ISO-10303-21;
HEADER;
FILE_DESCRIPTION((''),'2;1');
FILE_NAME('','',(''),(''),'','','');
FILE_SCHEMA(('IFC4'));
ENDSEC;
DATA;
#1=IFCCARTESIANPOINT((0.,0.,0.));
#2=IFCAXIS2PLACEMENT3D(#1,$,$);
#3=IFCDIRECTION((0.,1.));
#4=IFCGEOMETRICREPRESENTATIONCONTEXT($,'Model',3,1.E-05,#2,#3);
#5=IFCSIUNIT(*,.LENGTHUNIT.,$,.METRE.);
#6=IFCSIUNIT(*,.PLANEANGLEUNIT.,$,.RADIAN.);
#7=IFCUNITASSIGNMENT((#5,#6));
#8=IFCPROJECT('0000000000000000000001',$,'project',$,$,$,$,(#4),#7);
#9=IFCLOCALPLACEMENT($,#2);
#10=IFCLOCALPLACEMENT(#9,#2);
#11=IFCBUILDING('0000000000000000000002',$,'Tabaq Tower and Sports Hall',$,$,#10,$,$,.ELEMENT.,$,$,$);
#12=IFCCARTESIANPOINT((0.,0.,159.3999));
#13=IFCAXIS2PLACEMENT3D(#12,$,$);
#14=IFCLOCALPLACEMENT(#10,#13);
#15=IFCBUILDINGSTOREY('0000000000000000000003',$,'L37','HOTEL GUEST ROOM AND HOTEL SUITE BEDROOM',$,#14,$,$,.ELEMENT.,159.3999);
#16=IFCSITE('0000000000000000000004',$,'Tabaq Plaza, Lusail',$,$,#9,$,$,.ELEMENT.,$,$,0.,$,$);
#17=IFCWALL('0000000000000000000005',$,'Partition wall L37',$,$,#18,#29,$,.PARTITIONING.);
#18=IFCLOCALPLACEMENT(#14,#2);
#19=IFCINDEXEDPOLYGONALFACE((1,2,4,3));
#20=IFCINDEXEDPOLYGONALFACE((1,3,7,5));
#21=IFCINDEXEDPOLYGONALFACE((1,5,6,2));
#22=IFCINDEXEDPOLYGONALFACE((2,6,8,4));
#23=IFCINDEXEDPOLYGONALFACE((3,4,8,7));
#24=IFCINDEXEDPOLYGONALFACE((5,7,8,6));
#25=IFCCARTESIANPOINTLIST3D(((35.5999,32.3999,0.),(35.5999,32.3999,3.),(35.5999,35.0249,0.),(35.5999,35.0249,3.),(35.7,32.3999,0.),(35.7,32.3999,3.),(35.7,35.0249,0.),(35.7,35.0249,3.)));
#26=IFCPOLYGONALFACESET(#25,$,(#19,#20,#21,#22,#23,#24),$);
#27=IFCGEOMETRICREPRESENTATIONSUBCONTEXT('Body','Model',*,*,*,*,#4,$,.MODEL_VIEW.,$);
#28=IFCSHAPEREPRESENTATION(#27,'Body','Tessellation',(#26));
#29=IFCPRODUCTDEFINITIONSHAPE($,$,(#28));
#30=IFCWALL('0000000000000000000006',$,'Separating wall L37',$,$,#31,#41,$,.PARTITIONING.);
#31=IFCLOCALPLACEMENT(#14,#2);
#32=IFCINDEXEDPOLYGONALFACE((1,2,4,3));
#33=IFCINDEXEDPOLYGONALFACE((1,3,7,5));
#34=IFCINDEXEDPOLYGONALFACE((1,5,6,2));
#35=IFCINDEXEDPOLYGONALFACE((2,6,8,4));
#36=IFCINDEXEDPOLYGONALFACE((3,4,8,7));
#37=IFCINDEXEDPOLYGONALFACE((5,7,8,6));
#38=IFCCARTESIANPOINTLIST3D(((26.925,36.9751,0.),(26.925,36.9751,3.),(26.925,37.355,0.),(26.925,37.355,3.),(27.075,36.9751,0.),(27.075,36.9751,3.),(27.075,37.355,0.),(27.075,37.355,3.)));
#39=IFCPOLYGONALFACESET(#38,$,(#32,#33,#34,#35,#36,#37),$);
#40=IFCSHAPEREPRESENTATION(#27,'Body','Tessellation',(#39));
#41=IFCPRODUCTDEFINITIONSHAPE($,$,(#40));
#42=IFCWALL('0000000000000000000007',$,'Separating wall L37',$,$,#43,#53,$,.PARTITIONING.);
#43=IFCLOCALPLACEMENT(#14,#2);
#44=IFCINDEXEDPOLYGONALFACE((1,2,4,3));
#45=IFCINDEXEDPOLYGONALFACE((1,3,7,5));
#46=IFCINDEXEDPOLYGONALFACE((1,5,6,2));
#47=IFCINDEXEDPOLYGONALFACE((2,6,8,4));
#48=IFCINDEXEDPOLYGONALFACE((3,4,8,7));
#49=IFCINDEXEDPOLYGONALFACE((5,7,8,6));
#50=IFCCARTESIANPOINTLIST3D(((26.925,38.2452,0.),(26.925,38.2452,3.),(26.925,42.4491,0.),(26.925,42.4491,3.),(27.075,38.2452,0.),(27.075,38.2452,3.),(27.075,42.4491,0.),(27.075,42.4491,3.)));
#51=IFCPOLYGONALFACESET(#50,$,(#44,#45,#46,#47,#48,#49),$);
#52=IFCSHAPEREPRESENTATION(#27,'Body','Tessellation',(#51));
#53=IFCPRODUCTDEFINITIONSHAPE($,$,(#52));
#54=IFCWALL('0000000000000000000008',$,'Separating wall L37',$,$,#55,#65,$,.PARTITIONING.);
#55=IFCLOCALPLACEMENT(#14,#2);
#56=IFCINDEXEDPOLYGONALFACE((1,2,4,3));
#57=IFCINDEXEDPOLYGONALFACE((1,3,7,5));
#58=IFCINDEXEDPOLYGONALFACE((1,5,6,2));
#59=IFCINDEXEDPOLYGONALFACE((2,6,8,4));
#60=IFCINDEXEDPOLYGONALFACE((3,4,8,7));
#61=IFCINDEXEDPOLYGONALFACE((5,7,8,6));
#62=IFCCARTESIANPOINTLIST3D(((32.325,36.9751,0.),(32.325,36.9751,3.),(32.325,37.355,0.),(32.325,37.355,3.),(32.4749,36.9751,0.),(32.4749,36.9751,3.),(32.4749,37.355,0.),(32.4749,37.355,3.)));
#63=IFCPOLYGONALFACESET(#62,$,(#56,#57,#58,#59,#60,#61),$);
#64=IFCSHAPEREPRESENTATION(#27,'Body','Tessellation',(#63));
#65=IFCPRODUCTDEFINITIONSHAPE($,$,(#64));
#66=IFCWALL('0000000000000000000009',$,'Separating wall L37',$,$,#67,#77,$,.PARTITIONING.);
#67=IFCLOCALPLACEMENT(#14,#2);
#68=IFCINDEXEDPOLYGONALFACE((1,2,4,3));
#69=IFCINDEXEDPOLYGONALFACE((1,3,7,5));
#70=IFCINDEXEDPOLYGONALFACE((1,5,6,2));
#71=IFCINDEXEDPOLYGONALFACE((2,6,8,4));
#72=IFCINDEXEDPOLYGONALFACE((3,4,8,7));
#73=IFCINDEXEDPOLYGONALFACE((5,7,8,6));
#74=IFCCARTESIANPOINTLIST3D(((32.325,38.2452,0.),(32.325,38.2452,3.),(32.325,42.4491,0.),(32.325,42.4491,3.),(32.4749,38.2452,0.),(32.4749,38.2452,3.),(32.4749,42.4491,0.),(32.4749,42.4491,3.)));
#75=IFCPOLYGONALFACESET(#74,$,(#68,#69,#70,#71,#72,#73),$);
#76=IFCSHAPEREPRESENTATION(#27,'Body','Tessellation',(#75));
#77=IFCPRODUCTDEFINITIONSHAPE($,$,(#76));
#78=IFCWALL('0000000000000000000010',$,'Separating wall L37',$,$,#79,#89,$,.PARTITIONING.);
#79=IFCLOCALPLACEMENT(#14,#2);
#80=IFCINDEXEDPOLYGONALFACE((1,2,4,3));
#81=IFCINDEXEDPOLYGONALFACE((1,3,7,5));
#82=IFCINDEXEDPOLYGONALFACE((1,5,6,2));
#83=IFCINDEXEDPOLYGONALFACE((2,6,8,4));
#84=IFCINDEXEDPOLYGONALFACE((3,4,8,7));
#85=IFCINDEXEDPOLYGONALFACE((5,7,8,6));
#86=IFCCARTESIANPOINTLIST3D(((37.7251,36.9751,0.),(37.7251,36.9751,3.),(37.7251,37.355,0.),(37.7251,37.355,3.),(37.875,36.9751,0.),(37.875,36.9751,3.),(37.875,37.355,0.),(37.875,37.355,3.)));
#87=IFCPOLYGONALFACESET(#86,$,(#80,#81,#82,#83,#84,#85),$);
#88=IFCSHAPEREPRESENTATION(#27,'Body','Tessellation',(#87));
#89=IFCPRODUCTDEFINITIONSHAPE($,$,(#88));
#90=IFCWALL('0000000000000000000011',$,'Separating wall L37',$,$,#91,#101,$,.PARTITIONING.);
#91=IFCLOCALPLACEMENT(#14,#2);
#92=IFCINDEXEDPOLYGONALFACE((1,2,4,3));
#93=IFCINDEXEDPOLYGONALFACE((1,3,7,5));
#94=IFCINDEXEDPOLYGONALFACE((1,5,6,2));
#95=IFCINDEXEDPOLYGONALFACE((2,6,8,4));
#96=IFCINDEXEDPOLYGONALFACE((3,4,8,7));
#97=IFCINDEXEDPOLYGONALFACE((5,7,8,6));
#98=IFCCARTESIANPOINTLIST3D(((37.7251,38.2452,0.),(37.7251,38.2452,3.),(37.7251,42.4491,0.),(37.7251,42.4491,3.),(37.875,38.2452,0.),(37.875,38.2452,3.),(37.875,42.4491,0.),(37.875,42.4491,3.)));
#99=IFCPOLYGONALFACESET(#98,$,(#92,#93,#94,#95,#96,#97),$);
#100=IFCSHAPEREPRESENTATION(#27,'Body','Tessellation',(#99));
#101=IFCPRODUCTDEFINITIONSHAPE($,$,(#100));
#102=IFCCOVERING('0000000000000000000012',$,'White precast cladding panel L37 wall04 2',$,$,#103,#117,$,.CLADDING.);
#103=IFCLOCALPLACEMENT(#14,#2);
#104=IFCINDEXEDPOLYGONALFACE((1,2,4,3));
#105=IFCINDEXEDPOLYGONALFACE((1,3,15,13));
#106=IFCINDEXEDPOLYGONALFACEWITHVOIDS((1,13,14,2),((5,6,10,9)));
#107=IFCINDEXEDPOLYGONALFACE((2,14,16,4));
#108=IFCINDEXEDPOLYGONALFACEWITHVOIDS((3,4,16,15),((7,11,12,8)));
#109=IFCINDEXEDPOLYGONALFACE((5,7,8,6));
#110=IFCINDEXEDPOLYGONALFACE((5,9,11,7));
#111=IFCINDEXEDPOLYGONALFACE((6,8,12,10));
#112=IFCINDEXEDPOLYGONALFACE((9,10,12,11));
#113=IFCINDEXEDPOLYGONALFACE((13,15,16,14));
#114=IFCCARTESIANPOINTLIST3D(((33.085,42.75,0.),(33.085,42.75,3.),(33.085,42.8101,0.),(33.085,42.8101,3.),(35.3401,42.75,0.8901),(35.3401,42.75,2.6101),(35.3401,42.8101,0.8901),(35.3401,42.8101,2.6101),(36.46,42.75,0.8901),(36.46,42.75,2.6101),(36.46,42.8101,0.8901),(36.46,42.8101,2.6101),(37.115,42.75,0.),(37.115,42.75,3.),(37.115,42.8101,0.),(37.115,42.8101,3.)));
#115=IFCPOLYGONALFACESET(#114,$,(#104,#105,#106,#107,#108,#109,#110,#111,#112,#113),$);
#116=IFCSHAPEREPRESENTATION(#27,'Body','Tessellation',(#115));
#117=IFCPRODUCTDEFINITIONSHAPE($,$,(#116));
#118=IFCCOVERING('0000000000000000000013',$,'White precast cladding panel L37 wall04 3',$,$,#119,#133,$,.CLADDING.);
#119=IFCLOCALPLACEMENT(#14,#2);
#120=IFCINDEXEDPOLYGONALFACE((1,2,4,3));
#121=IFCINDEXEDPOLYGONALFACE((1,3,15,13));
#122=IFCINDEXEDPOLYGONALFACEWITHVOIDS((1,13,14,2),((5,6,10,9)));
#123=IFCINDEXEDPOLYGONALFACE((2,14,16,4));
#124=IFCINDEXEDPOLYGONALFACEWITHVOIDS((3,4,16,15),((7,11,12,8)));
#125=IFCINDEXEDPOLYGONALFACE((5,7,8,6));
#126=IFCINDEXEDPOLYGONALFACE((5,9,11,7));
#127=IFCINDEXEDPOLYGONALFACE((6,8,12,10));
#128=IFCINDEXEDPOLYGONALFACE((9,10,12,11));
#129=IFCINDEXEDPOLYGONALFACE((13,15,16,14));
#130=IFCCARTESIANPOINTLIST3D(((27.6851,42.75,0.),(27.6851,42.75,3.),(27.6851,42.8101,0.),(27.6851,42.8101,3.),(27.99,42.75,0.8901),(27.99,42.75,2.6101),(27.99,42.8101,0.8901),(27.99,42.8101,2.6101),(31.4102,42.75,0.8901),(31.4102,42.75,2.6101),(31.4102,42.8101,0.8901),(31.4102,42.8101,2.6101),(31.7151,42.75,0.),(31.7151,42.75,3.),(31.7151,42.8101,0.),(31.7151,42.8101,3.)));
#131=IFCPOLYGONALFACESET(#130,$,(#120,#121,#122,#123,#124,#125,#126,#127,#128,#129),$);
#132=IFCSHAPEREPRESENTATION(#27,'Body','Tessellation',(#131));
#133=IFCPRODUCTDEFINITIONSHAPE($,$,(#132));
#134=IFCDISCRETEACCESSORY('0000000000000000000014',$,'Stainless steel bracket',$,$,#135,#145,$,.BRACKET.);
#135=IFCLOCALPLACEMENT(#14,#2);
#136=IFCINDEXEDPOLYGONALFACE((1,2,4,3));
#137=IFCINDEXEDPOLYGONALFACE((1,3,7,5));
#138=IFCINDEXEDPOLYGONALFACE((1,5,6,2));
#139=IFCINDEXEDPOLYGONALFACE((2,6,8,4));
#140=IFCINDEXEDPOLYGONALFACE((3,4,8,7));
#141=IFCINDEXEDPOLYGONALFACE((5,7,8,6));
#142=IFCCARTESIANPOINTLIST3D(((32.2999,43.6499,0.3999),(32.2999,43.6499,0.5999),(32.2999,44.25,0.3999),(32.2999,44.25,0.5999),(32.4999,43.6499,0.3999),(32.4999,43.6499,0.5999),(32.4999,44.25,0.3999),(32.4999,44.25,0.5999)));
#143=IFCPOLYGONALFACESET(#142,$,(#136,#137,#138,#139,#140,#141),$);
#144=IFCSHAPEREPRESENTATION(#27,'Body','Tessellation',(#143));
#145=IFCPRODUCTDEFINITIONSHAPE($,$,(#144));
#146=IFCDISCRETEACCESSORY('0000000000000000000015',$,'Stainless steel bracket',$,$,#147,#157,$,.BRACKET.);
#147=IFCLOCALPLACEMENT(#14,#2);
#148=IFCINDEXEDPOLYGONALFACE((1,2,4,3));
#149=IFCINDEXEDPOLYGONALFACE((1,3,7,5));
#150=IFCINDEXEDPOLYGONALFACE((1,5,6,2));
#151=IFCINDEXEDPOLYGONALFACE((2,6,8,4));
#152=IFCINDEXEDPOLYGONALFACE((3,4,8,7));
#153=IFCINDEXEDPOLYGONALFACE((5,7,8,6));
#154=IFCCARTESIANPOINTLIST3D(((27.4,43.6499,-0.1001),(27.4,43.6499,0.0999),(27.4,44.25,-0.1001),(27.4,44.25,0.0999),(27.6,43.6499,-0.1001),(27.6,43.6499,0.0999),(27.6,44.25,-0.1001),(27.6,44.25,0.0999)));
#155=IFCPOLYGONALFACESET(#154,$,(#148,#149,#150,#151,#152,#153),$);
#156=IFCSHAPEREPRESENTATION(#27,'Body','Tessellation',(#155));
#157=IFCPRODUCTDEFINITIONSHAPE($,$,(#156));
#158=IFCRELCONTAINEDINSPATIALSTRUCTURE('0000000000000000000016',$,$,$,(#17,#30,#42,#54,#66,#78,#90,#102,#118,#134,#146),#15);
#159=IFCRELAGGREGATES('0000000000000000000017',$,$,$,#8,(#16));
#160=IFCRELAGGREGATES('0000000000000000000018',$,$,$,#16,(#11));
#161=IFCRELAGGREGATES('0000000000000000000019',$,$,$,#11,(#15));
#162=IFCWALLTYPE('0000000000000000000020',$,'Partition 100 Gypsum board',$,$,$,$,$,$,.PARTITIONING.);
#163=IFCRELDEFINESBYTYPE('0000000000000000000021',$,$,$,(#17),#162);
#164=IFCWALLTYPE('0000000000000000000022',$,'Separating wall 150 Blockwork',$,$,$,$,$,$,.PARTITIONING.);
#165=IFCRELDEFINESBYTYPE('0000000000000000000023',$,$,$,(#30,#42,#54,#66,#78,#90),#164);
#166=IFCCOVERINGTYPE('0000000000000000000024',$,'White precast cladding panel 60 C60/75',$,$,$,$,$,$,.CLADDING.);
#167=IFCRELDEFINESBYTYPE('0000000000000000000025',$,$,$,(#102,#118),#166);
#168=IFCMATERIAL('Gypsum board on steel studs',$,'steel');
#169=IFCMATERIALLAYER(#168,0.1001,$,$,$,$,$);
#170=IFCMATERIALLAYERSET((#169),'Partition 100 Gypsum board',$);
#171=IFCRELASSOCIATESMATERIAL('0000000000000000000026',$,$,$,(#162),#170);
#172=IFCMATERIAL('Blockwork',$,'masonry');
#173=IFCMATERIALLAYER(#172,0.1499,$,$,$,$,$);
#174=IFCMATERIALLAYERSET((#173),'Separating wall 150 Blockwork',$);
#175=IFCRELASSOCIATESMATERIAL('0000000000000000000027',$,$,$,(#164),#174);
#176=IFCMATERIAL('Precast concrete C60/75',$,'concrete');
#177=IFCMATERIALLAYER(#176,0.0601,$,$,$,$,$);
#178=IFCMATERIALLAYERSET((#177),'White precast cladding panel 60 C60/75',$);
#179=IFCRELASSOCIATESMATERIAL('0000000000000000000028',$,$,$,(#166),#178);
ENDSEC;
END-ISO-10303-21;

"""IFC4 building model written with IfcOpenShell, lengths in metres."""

from ifc_helpers import new_model, si_unit, direction, frame, frame_2d, origin, origin_2d, place, context, subcontext, project, spatial, polyline, rectangle, outline, extrude, material, layer, layer_set, type_object, element, save


model = new_model("IFC4")

# Units and contexts
model_context = context("Model", 3, precision=1e-05, world=origin(), true_north=direction((0.0, 1.0)))
body_context = subcontext(model_context, "Body", "Model", "MODEL_VIEW")
ifc_project = project(units=[si_unit("LENGTHUNIT", "METRE"), si_unit("PLANEANGLEUNIT", "RADIAN")], contexts=[model_context])

# Site, building, storey
site_placement = place(None, origin())
site = spatial("IfcSite", under=ifc_project, at=site_placement, Name="Tabaq Plaza, Lusail", CompositionType="ELEMENT", RefElevation=0.0)
building_placement = place(site_placement, origin())
building = spatial("IfcBuilding", under=site, at=building_placement, Name="Tabaq Tower and Sports Hall", CompositionType="ELEMENT")
storey_placement = place(building_placement, frame((0.0, 0.0, 159.3999)))
storey = spatial("IfcBuildingStorey", under=building, at=storey_placement, Name="L37", Description="HOTEL GUEST ROOM AND HOTEL SUITE BEDROOM", CompositionType="ELEMENT", Elevation=159.3999)

# Shared definitions
ifc_material_1 = material(Name="Gypsum board on steel studs", Category="steel")
ifc_layer_1 = layer(ifc_material_1, 0.1001)
ifc_layer_set_1 = layer_set([ifc_layer_1], Name="Partition 100 Gypsum board")
wall_type_1 = type_object("IfcWallType", Name="Partition 100 Gypsum board", PredefinedType="PARTITIONING", material=ifc_layer_set_1)

# Walls
wall_1_placement = place(storey_placement, frame((35.6499, 35.0249, 0.0), z_axis=(0.0, 0.0, 1.0), x_axis=(0.0, -1.0, 0.0)))
element("IfcWall", 1, at=wall_1_placement, inside=storey, type_object=wall_type_1, Name="Partition wall L37", PredefinedType="PARTITIONING", context=body_context, shape_type="SweptSolid", body=[
    extrude(rectangle(XDim=2.625, YDim=0.1001, at=frame_2d((1.3125, 0.0))), origin(), (0.0, 0.0, 1.0), 3.0),
])
ifc_material_2 = material(Name="Blockwork", Category="masonry")
ifc_layer_2 = layer(ifc_material_2, 0.1499)
ifc_layer_set_2 = layer_set([ifc_layer_2], Name="Separating wall 150 Blockwork")
wall_type_2 = type_object("IfcWallType", Name="Separating wall 150 Blockwork", PredefinedType="PARTITIONING", material=ifc_layer_set_2)
wall_2_placement = place(storey_placement, frame((27.0, 36.9751, 0.0), z_axis=(0.0, 0.0, 1.0), x_axis=(0.0, 1.0, 0.0)))
element("IfcWall", 2, at=wall_2_placement, inside=storey, type_object=wall_type_2, Name="Separating wall L37", PredefinedType="PARTITIONING", context=body_context, shape_type="SweptSolid", body=[
    extrude(rectangle(XDim=0.3799, YDim=0.1499, at=frame_2d((0.1899, 0.0))), origin(), (0.0, 0.0, 1.0), 3.0),
])
wall_3_placement = place(storey_placement, frame((27.0, 38.2451, 0.0), z_axis=(0.0, 0.0, 1.0), x_axis=(0.0, 1.0, 0.0)))
element("IfcWall", 3, at=wall_3_placement, inside=storey, type_object=wall_type_2, Name="Separating wall L37", PredefinedType="PARTITIONING", context=body_context, shape_type="SweptSolid", body=[
    extrude(rectangle(XDim=4.2039, YDim=0.1499, at=frame_2d((2.1021, 0.0))), origin(), (0.0, 0.0, 1.0), 3.0),
])
wall_4_placement = place(storey_placement, frame((32.3999, 36.9751, 0.0), z_axis=(0.0, 0.0, 1.0), x_axis=(0.0, 1.0, 0.0)))
element("IfcWall", 4, at=wall_4_placement, inside=storey, type_object=wall_type_2, Name="Separating wall L37", PredefinedType="PARTITIONING", context=body_context, shape_type="SweptSolid", body=[
    extrude(rectangle(XDim=0.3799, YDim=0.1499, at=frame_2d((0.1899, 0.0))), origin(), (0.0, 0.0, 1.0), 3.0),
])
wall_5_placement = place(storey_placement, frame((32.3999, 38.2451, 0.0), z_axis=(0.0, 0.0, 1.0), x_axis=(0.0, 1.0, 0.0)))
element("IfcWall", 5, at=wall_5_placement, inside=storey, type_object=wall_type_2, Name="Separating wall L37", PredefinedType="PARTITIONING", context=body_context, shape_type="SweptSolid", body=[
    extrude(rectangle(XDim=4.2039, YDim=0.1499, at=frame_2d((2.1021, 0.0))), origin(), (0.0, 0.0, 1.0), 3.0),
])
wall_6_placement = place(storey_placement, frame((37.8, 36.9751, 0.0), z_axis=(0.0, 0.0, 1.0), x_axis=(0.0, 1.0, 0.0)))
element("IfcWall", 6, at=wall_6_placement, inside=storey, type_object=wall_type_2, Name="Separating wall L37", PredefinedType="PARTITIONING", context=body_context, shape_type="SweptSolid", body=[
    extrude(rectangle(XDim=0.3799, YDim=0.1499, at=frame_2d((0.1899, 0.0))), origin(), (0.0, 0.0, 1.0), 3.0),
])
wall_7_placement = place(storey_placement, frame((37.8, 38.2451, 0.0), z_axis=(0.0, 0.0, 1.0), x_axis=(0.0, 1.0, 0.0)))
element("IfcWall", 7, at=wall_7_placement, inside=storey, type_object=wall_type_2, Name="Separating wall L37", PredefinedType="PARTITIONING", context=body_context, shape_type="SweptSolid", body=[
    extrude(rectangle(XDim=4.2039, YDim=0.1499, at=frame_2d((2.1021, 0.0))), origin(), (0.0, 0.0, 1.0), 3.0),
])

# Coverings
ifc_material_3 = material(Name="Precast concrete C60/75", Category="concrete")
ifc_layer_3 = layer(ifc_material_3, 0.0601)
ifc_layer_set_3 = layer_set([ifc_layer_3], Name="White precast cladding panel 60 C60/75")
covering_type = type_object("IfcCoveringType", Name="White precast cladding panel 60 C60/75", PredefinedType="CLADDING", material=ifc_layer_set_3)
covering_1_placement = place(storey_placement, frame((37.115, 42.78, 0.0), z_axis=(0.0, 0.0, 1.0), x_axis=(-1.0, 0.0, 0.0)))
element("IfcCovering", 8, at=covering_1_placement, inside=storey, type_object=covering_type, Name="White precast cladding panel L37 wall04 2", PredefinedType="CLADDING", context=body_context, shape_type="SweptSolid", body=[
    extrude(outline(polyline([(0.0, 0.0), (4.03, 0.0), (4.03, 3.0), (0.0, 3.0), (0.0, 0.0)]), holes=[polyline([(0.655, 0.8901), (0.655, 2.6101), (1.7749, 2.6101), (1.7749, 0.8901), (0.655, 0.8901)])]), frame((0.0, 0.03, 0.0), z_axis=(0.0, -1.0, 0.0), x_axis=(1.0, 0.0, 0.0)), (0.0, 0.0, 1.0), 0.0601),
])
covering_2_placement = place(storey_placement, frame((31.7151, 42.78, 0.0), z_axis=(0.0, 0.0, 1.0), x_axis=(-1.0, 0.0, 0.0)))
element("IfcCovering", 9, at=covering_2_placement, inside=storey, type_object=covering_type, Name="White precast cladding panel L37 wall04 3", PredefinedType="CLADDING", context=body_context, shape_type="SweptSolid", body=[
    extrude(outline(polyline([(0.0, 0.0), (4.03, 0.0), (4.03, 3.0), (0.0, 3.0), (0.0, 0.0)]), holes=[polyline([(0.3049, 0.8901), (0.3049, 2.6101), (3.7251, 2.6101), (3.7251, 0.8901), (0.3049, 0.8901)])]), frame((0.0, 0.03, 0.0), z_axis=(0.0, -1.0, 0.0), x_axis=(1.0, 0.0, 0.0)), (0.0, 0.0, 1.0), 0.0601),
])

# Discrete accessories
for number, where, z_axis, x_axis, name in (
    (10, (32.3999, 43.95, 0.3999), (0.0, 0.0, 1.0), (0.0, 1.0, 0.0), "Stainless steel bracket"),
    (11, (27.5, 43.95, -0.1001), (0.0, 0.0, 1.0), (0.0, 1.0, 0.0), "Stainless steel bracket"),
):
    element("IfcDiscreteAccessory", number, at=place(storey_placement, frame(where, z_axis=z_axis, x_axis=x_axis)), inside=storey, Name=name, PredefinedType="BRACKET", context=body_context, shape_type="SweptSolid", body=[
        extrude(rectangle(XDim=0.6001, YDim=0.2, at=origin_2d()), origin(), (0.0, 0.0, 1.0), 0.2),
    ])

save(model, "model.ifc")
